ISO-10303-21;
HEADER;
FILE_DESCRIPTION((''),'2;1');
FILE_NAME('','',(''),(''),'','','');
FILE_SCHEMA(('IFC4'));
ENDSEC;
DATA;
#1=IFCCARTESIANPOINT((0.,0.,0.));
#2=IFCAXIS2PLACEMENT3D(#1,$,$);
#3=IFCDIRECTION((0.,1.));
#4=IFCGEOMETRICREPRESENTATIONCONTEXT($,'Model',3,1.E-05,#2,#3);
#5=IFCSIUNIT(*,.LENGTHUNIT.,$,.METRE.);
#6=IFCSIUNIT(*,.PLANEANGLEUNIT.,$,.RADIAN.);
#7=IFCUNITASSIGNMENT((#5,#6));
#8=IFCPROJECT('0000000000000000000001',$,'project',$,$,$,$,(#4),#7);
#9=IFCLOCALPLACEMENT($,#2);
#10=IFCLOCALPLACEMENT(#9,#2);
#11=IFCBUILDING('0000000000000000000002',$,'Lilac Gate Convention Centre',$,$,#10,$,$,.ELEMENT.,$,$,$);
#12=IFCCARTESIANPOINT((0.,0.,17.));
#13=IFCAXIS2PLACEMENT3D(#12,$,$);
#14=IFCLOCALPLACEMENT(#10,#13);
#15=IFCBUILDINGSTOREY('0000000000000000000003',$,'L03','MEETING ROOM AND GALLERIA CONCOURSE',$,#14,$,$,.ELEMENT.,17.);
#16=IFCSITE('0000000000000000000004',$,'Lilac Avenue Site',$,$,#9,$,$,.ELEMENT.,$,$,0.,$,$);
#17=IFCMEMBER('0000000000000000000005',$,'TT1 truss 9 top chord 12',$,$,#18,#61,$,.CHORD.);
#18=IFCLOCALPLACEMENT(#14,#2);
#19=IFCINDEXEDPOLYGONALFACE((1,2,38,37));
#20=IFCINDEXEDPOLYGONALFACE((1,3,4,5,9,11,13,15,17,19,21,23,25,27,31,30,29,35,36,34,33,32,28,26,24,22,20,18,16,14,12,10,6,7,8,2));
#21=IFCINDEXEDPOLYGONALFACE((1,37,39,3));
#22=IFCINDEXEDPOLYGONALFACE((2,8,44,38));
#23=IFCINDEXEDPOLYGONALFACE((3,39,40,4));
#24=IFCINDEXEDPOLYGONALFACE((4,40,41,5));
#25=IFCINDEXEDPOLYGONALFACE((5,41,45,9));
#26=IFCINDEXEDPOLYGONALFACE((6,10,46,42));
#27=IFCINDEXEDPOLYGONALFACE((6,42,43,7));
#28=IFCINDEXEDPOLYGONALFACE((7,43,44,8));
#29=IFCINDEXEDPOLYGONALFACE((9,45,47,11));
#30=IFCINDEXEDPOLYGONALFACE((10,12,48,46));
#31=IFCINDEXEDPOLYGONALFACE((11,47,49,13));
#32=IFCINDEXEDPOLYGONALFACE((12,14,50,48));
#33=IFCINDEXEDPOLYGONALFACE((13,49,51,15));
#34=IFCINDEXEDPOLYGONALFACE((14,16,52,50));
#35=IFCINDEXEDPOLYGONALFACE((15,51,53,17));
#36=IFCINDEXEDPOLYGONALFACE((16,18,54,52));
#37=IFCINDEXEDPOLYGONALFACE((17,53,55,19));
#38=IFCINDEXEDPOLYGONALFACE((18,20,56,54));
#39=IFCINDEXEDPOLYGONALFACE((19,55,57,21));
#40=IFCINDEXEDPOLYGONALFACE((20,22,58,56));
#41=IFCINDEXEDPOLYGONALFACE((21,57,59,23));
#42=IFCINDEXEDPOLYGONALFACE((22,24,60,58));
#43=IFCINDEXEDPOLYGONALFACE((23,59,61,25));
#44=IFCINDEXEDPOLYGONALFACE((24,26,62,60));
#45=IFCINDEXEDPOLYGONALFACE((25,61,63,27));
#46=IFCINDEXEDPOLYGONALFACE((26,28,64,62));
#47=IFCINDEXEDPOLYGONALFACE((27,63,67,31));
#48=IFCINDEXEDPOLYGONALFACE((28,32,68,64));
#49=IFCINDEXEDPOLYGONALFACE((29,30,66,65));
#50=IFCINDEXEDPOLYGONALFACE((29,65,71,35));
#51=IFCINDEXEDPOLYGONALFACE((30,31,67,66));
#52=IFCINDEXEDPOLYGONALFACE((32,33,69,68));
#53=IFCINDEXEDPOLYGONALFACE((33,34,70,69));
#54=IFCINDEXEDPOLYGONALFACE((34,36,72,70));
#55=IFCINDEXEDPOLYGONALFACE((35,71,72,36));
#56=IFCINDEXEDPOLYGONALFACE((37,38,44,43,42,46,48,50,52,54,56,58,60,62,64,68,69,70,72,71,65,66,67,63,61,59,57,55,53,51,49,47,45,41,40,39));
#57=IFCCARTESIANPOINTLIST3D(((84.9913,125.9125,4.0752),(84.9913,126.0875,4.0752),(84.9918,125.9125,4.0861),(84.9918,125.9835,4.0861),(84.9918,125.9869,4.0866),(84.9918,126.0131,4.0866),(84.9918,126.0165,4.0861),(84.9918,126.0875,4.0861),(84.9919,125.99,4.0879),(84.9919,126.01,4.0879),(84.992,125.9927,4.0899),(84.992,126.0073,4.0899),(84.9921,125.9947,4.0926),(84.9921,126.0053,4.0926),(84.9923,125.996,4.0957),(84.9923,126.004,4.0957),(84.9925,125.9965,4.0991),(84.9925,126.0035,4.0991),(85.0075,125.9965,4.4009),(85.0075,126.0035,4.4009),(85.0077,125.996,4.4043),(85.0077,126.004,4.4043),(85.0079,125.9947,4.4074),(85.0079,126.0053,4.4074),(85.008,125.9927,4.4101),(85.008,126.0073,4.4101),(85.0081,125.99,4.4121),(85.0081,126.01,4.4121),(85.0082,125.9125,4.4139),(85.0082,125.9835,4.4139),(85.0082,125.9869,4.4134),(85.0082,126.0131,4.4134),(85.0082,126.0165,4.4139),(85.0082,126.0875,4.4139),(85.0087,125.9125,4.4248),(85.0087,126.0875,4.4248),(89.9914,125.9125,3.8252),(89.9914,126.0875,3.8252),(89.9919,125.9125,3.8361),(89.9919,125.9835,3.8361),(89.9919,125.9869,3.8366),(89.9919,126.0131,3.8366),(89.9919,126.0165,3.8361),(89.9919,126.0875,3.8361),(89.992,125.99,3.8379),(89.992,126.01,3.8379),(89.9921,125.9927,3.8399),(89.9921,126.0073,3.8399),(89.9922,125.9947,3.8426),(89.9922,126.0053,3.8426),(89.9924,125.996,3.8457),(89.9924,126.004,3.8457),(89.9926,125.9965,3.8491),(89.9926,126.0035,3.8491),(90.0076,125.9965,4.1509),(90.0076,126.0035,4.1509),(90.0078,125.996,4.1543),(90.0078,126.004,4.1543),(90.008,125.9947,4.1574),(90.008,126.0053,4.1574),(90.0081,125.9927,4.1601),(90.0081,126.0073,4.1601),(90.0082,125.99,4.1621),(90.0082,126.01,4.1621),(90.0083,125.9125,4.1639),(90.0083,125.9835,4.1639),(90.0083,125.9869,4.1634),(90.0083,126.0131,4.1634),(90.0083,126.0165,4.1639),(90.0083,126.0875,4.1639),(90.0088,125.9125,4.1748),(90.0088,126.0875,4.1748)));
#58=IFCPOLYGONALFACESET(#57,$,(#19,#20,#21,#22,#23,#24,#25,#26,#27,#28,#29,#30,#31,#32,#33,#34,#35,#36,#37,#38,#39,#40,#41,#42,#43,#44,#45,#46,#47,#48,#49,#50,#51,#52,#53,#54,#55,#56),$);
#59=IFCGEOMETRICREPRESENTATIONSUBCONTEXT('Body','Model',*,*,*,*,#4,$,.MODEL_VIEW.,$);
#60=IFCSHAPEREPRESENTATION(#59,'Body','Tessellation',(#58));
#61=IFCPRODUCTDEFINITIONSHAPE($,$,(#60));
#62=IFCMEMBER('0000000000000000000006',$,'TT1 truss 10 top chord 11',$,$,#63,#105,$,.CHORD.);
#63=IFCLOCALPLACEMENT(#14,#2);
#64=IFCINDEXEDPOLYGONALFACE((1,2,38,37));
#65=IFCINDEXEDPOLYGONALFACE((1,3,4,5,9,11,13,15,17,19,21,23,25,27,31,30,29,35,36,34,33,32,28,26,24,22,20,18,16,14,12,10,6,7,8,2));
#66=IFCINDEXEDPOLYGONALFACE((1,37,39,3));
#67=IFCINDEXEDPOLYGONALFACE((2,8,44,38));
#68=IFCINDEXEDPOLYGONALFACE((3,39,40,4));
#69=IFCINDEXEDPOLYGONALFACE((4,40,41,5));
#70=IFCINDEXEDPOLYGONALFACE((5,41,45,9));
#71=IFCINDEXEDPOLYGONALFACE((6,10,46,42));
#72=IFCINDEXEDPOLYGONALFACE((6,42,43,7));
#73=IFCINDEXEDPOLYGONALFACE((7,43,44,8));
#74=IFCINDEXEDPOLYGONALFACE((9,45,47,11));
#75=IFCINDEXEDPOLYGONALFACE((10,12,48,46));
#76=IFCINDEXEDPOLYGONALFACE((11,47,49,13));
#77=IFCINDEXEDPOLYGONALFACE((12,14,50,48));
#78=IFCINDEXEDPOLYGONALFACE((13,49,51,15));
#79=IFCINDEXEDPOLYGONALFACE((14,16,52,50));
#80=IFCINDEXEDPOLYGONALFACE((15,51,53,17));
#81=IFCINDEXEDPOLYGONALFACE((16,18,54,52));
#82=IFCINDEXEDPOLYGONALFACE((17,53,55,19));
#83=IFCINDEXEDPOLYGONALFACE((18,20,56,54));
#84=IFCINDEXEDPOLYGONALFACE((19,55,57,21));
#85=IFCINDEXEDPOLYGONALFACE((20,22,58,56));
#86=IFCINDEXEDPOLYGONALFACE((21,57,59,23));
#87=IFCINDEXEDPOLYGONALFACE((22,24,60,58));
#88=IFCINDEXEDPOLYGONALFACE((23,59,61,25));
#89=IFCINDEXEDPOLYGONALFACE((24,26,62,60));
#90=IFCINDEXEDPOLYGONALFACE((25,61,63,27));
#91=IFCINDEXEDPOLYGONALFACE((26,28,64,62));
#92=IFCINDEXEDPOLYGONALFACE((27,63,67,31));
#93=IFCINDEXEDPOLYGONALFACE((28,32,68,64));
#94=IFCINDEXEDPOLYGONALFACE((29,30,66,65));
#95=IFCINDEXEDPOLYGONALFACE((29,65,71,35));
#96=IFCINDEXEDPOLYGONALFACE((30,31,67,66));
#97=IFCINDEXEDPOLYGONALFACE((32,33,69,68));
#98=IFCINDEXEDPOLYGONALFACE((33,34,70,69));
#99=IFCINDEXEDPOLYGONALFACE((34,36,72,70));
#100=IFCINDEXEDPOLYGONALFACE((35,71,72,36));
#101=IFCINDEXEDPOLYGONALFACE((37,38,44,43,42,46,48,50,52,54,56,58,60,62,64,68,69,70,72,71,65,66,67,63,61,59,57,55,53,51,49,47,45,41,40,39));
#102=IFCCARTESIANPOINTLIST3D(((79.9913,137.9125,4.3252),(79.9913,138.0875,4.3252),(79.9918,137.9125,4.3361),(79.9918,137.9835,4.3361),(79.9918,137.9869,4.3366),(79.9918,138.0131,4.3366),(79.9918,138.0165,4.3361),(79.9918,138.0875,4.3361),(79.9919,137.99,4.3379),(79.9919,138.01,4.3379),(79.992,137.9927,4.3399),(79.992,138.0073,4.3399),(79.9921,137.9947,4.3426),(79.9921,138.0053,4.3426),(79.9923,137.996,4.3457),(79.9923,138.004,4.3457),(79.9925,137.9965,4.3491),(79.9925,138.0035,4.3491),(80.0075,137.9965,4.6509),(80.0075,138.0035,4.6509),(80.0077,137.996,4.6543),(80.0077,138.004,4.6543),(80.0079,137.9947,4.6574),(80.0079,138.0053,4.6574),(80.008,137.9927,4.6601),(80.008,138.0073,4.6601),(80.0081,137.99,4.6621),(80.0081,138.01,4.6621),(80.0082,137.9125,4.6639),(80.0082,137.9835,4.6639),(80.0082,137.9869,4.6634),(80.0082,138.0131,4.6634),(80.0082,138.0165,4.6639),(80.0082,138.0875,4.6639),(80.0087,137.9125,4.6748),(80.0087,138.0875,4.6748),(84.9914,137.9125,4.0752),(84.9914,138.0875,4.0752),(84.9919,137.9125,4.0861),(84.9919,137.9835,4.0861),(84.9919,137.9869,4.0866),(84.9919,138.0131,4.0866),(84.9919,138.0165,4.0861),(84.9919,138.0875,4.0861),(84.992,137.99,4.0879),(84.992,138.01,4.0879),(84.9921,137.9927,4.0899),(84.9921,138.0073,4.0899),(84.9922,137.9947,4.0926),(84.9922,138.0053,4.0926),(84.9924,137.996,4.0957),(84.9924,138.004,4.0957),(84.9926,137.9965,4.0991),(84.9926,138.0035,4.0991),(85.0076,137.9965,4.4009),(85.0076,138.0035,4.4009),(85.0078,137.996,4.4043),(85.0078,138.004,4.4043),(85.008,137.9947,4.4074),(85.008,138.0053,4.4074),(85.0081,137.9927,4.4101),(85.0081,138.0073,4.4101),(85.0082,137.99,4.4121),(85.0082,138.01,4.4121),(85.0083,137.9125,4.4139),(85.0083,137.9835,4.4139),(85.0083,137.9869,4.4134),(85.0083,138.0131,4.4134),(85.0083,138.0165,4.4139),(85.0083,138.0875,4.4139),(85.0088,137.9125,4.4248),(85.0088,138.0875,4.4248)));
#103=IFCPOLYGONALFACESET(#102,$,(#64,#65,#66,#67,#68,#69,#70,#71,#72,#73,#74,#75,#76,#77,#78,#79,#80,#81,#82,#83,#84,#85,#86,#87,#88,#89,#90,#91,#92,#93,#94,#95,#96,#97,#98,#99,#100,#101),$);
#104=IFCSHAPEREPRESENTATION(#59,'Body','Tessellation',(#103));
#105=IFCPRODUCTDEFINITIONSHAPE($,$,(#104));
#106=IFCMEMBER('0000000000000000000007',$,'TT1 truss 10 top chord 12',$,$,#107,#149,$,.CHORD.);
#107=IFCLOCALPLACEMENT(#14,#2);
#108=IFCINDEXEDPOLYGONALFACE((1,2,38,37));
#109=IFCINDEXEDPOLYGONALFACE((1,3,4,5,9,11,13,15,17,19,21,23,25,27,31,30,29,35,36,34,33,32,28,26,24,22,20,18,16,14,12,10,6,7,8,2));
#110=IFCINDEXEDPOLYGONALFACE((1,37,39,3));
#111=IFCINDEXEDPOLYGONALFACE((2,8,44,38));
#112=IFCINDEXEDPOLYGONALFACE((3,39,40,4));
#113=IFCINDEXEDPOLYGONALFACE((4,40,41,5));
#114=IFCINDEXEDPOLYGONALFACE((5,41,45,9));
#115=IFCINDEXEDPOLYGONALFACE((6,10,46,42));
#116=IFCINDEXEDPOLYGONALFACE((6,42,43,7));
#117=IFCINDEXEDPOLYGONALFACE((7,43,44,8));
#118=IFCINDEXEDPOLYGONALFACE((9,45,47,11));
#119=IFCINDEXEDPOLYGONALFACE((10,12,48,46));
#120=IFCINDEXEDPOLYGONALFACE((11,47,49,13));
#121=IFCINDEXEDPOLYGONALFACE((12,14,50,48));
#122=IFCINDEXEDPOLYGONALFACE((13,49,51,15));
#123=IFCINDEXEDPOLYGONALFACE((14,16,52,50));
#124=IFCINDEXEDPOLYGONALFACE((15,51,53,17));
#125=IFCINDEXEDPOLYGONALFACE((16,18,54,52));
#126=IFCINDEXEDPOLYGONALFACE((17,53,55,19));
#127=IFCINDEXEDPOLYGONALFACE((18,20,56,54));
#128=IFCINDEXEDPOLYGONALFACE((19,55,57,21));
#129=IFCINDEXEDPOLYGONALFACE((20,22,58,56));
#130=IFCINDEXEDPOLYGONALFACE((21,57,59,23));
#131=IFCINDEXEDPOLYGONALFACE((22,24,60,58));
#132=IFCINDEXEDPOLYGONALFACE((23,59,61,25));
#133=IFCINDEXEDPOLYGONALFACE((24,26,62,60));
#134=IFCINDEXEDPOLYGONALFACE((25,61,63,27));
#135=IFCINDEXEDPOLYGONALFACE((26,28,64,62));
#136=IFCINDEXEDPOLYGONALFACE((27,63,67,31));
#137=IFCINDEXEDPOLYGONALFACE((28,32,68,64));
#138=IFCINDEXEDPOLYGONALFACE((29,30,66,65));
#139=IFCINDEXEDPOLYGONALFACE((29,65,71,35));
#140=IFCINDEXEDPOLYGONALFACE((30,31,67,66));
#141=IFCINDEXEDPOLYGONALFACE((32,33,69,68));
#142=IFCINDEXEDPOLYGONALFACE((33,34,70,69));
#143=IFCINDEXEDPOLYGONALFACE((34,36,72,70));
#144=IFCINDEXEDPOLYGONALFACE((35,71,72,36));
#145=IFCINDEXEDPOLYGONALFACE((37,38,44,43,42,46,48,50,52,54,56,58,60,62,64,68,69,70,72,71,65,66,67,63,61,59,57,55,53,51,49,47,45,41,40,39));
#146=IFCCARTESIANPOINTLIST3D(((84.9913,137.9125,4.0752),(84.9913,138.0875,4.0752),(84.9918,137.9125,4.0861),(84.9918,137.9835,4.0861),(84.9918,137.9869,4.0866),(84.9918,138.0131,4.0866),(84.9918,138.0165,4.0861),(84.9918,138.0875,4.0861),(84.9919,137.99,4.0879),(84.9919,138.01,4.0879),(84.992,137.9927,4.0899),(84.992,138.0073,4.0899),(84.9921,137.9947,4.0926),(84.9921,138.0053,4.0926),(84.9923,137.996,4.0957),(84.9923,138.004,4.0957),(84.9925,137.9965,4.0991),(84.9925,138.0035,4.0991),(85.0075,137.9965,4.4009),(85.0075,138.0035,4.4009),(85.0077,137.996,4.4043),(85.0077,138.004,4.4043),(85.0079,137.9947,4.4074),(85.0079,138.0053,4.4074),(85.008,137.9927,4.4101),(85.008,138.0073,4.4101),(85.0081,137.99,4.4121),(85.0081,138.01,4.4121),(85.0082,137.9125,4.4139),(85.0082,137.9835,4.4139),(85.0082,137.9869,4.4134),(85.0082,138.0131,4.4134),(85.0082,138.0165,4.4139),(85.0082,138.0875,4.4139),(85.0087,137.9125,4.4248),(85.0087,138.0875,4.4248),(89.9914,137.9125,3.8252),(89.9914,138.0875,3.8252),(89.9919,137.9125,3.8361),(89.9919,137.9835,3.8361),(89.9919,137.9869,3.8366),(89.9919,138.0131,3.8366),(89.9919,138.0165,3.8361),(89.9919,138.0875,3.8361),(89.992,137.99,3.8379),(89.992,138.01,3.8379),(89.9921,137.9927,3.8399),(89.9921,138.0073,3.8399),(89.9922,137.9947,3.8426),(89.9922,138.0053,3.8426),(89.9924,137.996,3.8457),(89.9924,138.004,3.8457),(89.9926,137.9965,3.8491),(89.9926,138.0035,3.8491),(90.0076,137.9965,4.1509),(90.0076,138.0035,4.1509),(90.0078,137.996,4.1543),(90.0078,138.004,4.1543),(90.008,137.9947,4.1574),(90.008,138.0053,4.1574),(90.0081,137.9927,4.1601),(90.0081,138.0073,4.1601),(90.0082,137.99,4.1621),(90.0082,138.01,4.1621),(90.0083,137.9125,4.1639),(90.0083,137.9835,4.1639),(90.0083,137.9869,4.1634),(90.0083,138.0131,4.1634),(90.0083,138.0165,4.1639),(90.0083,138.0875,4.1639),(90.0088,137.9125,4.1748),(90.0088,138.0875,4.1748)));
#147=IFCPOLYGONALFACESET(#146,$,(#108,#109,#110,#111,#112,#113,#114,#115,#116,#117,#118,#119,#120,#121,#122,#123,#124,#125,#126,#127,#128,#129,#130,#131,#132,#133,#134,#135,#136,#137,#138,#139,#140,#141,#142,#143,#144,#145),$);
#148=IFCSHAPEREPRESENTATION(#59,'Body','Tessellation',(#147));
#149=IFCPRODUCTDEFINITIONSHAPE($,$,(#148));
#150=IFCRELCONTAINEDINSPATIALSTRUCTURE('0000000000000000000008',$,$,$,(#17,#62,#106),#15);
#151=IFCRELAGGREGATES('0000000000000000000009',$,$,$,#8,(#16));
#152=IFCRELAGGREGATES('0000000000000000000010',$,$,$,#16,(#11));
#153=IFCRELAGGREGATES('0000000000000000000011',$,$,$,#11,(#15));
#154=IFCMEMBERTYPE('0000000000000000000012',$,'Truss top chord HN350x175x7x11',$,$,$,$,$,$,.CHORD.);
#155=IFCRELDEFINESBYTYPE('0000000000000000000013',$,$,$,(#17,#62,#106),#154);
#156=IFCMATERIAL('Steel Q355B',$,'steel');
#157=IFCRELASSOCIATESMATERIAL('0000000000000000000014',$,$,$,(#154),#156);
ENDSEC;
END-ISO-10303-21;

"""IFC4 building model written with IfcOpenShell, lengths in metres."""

from ifc_helpers import new_model, si_unit, direction, frame, origin, origin_2d, place, context, subcontext, project, spatial, i_section, extrude, material, material_profile, profile_set, type_object, element, save


model = new_model("IFC4")

# Units and contexts
model_context = context("Model", 3, precision=1e-05, world=origin(), true_north=direction((0.0, 1.0)))
body_context = subcontext(model_context, "Body", "Model", "MODEL_VIEW")
ifc_project = project(units=[si_unit("LENGTHUNIT", "METRE"), si_unit("PLANEANGLEUNIT", "RADIAN")], contexts=[model_context])

# Site, building, storey
site_placement = place(None, origin())
site = spatial("IfcSite", under=ifc_project, at=site_placement, Name="Lilac Avenue Site", CompositionType="ELEMENT", RefElevation=0.0)
building_placement = place(site_placement, origin())
building = spatial("IfcBuilding", under=site, at=building_placement, Name="Lilac Gate Convention Centre", CompositionType="ELEMENT")
storey_placement = place(building_placement, frame((0.0, 0.0, 17.0)))
storey = spatial("IfcBuildingStorey", under=building, at=storey_placement, Name="L03", Description="MEETING ROOM AND GALLERIA CONCOURSE", CompositionType="ELEMENT", Elevation=17.0)

# Members
ifc_material = material(Name="Steel Q355B", Category="steel")
ifc_material_profile_1 = material_profile(ifc_material, i_section(OverallWidth=0.175, OverallDepth=0.3501, WebThickness=0.0071, FlangeThickness=0.011, FilletRadius=0.0129, at=origin_2d()), Name="HN350x175x7x11")
ifc_profile_set_1 = profile_set([ifc_material_profile_1], Name="Steel Q355B")
member_type_1 = type_object("IfcMemberType", Name="Truss top chord HN350x175x7x11", PredefinedType="CHORD", material=ifc_profile_set_1)
for number, where, z_axis, x_axis, name in (
    (1, (85.0, 126.0, 4.25), (0.998752, 0.0, -0.049938), (0.0, 1.0, 0.0), "TT1 truss 9 top chord 12"),
    (2, (80.0, 138.0, 4.5), (0.998752, 0.0, -0.049938), (0.0, 1.0, 0.0), "TT1 truss 10 top chord 11"),
    (3, (85.0, 138.0, 4.25), (0.998752, 0.0, -0.049938), (0.0, 1.0, 0.0), "TT1 truss 10 top chord 12"),
):
    element("IfcMember", number, at=place(storey_placement, frame(where, z_axis=z_axis, x_axis=x_axis)), inside=storey, type_object=member_type_1, Name=name, PredefinedType="CHORD", context=body_context, shape_type="SweptSolid", body=[
        extrude(i_section(OverallWidth=0.175, OverallDepth=0.3501, WebThickness=0.0071, FlangeThickness=0.011, FilletRadius=0.0129, at=origin_2d()), origin(), (0.0, 0.0, 1.0), 5.0063),
    ])

save(model, "model.ifc")
